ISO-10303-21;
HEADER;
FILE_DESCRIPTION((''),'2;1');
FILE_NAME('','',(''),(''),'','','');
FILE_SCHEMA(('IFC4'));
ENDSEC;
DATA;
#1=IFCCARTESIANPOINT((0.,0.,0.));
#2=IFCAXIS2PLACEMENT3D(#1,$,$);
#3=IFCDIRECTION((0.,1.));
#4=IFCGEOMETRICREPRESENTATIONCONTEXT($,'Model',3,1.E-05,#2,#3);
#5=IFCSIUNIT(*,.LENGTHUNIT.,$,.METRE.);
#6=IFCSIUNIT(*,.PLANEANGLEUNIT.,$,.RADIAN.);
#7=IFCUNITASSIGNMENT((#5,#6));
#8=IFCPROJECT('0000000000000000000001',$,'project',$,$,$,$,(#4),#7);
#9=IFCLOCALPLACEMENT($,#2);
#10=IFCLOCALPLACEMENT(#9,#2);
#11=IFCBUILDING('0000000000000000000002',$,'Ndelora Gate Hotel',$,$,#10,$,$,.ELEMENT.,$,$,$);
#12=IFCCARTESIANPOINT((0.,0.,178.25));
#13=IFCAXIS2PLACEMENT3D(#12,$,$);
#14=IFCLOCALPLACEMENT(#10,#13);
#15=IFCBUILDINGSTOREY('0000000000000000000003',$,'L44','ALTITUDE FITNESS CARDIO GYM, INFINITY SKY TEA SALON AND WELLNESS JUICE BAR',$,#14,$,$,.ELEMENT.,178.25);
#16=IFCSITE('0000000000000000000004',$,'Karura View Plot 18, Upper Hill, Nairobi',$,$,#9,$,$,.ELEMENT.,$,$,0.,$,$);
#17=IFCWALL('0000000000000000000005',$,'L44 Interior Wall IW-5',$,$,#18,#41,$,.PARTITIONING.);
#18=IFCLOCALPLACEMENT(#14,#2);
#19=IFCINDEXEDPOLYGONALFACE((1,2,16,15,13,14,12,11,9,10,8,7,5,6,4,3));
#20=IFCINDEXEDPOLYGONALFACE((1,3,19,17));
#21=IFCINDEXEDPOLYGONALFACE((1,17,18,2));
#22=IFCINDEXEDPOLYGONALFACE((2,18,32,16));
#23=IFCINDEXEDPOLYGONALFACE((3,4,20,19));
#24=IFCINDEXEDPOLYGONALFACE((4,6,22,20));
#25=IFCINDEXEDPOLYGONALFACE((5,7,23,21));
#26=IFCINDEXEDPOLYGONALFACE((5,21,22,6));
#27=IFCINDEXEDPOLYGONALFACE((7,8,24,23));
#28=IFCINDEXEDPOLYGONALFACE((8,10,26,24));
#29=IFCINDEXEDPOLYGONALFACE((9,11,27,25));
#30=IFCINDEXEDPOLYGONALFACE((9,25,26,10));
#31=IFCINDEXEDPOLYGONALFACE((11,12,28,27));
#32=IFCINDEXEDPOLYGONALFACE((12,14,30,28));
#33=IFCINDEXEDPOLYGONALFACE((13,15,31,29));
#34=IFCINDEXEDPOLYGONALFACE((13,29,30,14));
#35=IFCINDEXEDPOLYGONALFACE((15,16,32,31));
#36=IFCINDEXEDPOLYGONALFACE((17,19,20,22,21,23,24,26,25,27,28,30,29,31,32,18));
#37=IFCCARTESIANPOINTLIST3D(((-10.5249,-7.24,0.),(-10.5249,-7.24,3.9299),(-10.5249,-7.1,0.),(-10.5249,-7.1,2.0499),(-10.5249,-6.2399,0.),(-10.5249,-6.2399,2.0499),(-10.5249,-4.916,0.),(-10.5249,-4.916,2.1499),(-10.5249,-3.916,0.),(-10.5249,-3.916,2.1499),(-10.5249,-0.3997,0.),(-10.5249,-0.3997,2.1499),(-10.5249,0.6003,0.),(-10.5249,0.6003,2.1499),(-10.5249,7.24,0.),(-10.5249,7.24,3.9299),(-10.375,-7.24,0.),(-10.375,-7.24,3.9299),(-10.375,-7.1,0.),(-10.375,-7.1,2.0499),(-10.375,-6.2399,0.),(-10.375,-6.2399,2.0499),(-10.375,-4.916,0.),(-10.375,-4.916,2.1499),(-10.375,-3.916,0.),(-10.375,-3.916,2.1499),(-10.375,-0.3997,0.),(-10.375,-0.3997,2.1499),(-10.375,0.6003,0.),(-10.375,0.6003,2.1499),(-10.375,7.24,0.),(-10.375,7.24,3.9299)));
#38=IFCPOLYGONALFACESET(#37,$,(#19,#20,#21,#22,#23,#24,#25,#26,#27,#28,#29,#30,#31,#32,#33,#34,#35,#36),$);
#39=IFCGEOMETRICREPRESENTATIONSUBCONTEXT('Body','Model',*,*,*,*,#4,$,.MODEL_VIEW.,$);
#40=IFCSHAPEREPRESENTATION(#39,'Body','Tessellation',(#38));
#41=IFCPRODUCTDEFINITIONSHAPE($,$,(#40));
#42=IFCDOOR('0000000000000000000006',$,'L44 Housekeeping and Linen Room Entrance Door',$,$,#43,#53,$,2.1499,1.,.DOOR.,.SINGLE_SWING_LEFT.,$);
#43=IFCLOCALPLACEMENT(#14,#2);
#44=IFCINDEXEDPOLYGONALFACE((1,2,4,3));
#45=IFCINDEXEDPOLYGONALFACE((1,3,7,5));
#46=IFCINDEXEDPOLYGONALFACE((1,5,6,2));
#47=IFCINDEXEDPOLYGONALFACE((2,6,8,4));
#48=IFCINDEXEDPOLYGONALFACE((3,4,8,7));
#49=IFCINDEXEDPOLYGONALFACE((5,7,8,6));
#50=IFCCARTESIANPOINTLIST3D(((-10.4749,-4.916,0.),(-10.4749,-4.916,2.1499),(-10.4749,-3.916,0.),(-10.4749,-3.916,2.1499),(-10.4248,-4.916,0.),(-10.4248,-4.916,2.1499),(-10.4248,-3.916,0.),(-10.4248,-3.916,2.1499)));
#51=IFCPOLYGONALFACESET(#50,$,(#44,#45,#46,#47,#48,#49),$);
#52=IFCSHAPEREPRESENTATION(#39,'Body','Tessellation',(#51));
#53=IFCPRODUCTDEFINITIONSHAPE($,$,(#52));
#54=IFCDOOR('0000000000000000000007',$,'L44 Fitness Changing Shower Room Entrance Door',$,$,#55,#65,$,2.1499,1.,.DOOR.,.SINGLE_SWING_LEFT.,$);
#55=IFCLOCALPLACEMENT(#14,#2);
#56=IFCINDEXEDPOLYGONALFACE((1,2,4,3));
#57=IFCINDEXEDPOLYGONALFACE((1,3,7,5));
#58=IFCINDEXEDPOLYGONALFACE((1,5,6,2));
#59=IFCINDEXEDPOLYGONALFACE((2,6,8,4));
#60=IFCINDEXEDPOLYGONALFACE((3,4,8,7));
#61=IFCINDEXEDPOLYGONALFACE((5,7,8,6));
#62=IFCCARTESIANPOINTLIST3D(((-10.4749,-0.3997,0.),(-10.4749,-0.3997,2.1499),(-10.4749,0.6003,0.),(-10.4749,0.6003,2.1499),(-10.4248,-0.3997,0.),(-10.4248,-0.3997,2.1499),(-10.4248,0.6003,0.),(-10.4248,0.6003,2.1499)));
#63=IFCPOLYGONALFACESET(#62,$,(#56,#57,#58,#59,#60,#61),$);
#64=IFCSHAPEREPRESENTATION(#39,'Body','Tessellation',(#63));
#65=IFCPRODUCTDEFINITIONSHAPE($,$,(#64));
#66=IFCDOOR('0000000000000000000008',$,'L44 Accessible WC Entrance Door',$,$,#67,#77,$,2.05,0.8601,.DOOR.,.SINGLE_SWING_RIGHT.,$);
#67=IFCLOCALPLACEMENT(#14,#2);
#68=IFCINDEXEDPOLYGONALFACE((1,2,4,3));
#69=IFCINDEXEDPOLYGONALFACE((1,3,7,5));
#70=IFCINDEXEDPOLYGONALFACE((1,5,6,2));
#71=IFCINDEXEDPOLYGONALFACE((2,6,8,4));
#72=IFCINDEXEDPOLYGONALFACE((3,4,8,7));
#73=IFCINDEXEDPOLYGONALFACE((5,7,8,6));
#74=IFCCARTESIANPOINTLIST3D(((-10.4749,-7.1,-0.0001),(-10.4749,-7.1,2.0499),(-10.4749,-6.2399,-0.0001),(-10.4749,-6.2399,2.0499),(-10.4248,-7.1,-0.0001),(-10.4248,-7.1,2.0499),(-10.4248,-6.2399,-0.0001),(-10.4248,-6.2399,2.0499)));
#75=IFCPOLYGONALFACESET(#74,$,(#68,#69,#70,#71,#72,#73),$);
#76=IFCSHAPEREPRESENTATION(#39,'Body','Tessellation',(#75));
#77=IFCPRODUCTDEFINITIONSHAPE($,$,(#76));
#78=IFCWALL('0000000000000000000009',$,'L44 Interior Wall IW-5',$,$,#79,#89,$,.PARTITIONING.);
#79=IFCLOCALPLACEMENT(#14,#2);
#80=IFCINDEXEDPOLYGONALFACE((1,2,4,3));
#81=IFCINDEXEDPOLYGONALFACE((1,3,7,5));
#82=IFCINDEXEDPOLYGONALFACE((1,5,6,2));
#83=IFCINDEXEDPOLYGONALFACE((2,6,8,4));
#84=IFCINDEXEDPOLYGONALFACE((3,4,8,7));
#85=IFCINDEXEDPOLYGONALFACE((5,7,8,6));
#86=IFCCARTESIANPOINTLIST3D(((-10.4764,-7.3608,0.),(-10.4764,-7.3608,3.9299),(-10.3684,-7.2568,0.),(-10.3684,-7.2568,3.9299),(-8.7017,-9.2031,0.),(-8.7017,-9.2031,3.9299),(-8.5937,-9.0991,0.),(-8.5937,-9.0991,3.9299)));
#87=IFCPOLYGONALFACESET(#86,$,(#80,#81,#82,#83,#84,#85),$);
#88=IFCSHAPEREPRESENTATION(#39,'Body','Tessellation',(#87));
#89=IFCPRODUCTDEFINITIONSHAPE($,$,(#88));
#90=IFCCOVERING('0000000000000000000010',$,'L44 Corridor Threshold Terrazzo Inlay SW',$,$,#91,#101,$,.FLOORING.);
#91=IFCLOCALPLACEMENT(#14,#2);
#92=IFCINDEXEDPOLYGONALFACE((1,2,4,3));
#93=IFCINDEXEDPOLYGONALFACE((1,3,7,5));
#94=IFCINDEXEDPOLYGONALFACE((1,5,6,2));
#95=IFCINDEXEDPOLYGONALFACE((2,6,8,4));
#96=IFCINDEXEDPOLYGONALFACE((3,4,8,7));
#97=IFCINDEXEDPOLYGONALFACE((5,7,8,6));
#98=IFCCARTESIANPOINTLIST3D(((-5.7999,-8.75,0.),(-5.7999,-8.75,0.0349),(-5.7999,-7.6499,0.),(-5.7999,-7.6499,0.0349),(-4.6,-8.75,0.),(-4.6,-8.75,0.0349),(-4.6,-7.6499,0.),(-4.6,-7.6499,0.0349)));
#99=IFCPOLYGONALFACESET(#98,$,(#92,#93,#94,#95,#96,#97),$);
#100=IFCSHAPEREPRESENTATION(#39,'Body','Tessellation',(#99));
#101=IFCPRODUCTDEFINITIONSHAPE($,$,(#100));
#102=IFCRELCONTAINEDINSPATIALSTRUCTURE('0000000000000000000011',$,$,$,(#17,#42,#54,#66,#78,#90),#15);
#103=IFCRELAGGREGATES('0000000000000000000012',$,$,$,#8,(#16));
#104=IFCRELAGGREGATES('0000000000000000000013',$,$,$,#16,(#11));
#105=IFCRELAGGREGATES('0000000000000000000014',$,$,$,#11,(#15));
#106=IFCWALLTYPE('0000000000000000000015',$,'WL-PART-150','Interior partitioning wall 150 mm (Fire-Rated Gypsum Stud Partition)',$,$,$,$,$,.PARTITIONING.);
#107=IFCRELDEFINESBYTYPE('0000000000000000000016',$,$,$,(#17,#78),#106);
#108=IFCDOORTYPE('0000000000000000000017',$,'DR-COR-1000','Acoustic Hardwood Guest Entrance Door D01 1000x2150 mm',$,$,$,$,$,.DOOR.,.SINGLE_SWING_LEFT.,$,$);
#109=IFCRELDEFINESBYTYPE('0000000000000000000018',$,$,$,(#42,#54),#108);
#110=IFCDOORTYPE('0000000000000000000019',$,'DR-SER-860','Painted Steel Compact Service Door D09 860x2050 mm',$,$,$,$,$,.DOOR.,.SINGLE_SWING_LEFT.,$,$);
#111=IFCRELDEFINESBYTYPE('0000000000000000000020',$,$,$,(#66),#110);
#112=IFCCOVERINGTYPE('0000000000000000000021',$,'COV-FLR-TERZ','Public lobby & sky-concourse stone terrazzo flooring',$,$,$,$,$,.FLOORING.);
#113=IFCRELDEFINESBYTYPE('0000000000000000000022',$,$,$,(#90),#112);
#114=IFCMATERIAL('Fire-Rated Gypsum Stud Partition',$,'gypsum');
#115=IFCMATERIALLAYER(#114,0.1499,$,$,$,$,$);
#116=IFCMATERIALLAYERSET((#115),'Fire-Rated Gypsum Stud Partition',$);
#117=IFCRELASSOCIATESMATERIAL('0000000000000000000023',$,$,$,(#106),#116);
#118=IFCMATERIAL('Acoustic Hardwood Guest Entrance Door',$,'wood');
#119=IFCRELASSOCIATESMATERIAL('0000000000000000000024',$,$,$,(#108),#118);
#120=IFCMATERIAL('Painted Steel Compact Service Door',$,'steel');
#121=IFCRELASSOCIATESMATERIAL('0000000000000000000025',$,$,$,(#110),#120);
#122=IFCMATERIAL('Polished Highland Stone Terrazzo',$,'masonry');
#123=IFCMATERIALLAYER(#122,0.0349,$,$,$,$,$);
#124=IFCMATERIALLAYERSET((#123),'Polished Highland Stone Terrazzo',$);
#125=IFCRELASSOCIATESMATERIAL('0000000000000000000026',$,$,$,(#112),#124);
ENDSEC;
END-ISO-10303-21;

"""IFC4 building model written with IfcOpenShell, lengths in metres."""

from ifc_helpers import new_model, si_unit, direction, frame, frame_2d, origin, origin_2d, place, context, subcontext, project, spatial, rectangle, extrude, material, layer, layer_set, type_object, element, fill, save


model = new_model("IFC4")

# Units and contexts
model_context = context("Model", 3, precision=1e-05, world=origin(), true_north=direction((0.0, 1.0)))
body_context = subcontext(model_context, "Body", "Model", "MODEL_VIEW")
ifc_project = project(units=[si_unit("LENGTHUNIT", "METRE"), si_unit("PLANEANGLEUNIT", "RADIAN")], contexts=[model_context])

# Site, building, storey
site_placement = place(None, origin())
site = spatial("IfcSite", under=ifc_project, at=site_placement, Name="Karura View Plot 18, Upper Hill, Nairobi", CompositionType="ELEMENT", RefElevation=0.0)
building_placement = place(site_placement, origin())
building = spatial("IfcBuilding", under=site, at=building_placement, Name="Ndelora Gate Hotel", CompositionType="ELEMENT")
storey_placement = place(building_placement, frame((0.0, 0.0, 178.25)))
storey = spatial("IfcBuildingStorey", under=building, at=storey_placement, Name="L44", Description="ALTITUDE FITNESS CARDIO GYM, INFINITY SKY TEA SALON AND WELLNESS JUICE BAR", CompositionType="ELEMENT", Elevation=178.25)

# Shared definitions
ifc_material_1 = material(Name="Fire-Rated Gypsum Stud Partition", Category="gypsum")
ifc_layer_1 = layer(ifc_material_1, 0.1499)
ifc_layer_set_1 = layer_set([ifc_layer_1], Name="Fire-Rated Gypsum Stud Partition")
wall_type_1 = type_object("IfcWallType", Name="WL-PART-150", Description="Interior partitioning wall 150 mm (Fire-Rated Gypsum Stud Partition)", PredefinedType="PARTITIONING", material=ifc_layer_set_1)

# Wall, openings, doors
wall_1_placement = place(storey_placement, frame((-10.45, -7.24, 0.0), z_axis=(0.0, 0.0, 1.0), x_axis=(0.0, 1.0, 0.0)))
wall_1 = element("IfcWall", 1, at=wall_1_placement, inside=storey, type_object=wall_type_1, Name="L44 Interior Wall IW-5", PredefinedType="PARTITIONING", context=body_context, shape_type="SweptSolid", body=[
    extrude(rectangle(XDim=14.48, YDim=0.1499, at=frame_2d((7.24, 0.0))), origin(), (0.0, 0.0, 1.0), 3.9299),
])
opening_1_placement = place(wall_1_placement, frame((0.1399, 0.0, 0.0)))
opening_1 = element("IfcOpeningElement", 2, at=opening_1_placement, cuts=wall_1, PredefinedType="OPENING", context=body_context, shape_type="SweptSolid", body=[
    extrude(rectangle(XDim=0.8601, YDim=2.05, at=frame_2d((0.4302, 1.0249))), frame((0.0, 0.085, 0.0), z_axis=(0.0, -1.0, 0.0), x_axis=(1.0, 0.0, 0.0)), (0.0, 0.0, 1.0), 0.1699),
])
opening_2_placement = place(wall_1_placement, frame((2.324, 0.0, 0.0)))
opening_2 = element("IfcOpeningElement", 3, at=opening_2_placement, cuts=wall_1, PredefinedType="OPENING", context=body_context, shape_type="SweptSolid", body=[
    extrude(rectangle(XDim=1.0, YDim=2.1499, at=frame_2d((0.5, 1.075))), frame((0.0, 0.085, 0.0), z_axis=(0.0, -1.0, 0.0), x_axis=(1.0, 0.0, 0.0)), (0.0, 0.0, 1.0), 0.1699),
])
opening_3_placement = place(wall_1_placement, frame((6.8403, 0.0, 0.0)))
opening_3 = element("IfcOpeningElement", 4, at=opening_3_placement, cuts=wall_1, PredefinedType="OPENING", context=body_context, shape_type="SweptSolid", body=[
    extrude(rectangle(XDim=1.0, YDim=2.1499, at=frame_2d((0.5, 1.075))), frame((0.0, 0.085, 0.0), z_axis=(0.0, -1.0, 0.0), x_axis=(1.0, 0.0, 0.0)), (0.0, 0.0, 1.0), 0.1699),
])
ifc_material_2 = material(Name="Acoustic Hardwood Guest Entrance Door", Category="wood")
door_type_1 = type_object("IfcDoorType", Name="DR-COR-1000", Description="Acoustic Hardwood Guest Entrance Door D01 1000x2150 mm", OperationType="SINGLE_SWING_LEFT", PredefinedType="DOOR", material=ifc_material_2)
door_1_placement = place(opening_2_placement, origin())
door_1 = element("IfcDoor", 5, at=door_1_placement, inside=storey, type_object=door_type_1, Name="L44 Housekeeping and Linen Room Entrance Door", OperationType="SINGLE_SWING_LEFT", OverallHeight=2.1499, OverallWidth=1.0, PredefinedType="DOOR", context=body_context, shape_type="SweptSolid", body=[
    extrude(rectangle(XDim=1.0, YDim=2.1499, at=frame_2d((0.5, 1.075))), frame((0.0, 0.0249, 0.0), z_axis=(0.0, -1.0, 0.0), x_axis=(1.0, 0.0, 0.0)), (0.0, 0.0, 1.0), 0.05),
])
fill(opening_2, door_1)
door_2_placement = place(opening_3_placement, origin())
door_2 = element("IfcDoor", 6, at=door_2_placement, inside=storey, type_object=door_type_1, Name="L44 Fitness Changing Shower Room Entrance Door", OperationType="SINGLE_SWING_LEFT", OverallHeight=2.1499, OverallWidth=1.0, PredefinedType="DOOR", context=body_context, shape_type="SweptSolid", body=[
    extrude(rectangle(XDim=1.0, YDim=2.1499, at=frame_2d((0.5, 1.075))), frame((0.0, 0.0249, 0.0), z_axis=(0.0, -1.0, 0.0), x_axis=(1.0, 0.0, 0.0)), (0.0, 0.0, 1.0), 0.05),
])
fill(opening_3, door_2)
ifc_material_3 = material(Name="Painted Steel Compact Service Door", Category="steel")
door_type_2 = type_object("IfcDoorType", Name="DR-SER-860", Description="Painted Steel Compact Service Door D09 860x2050 mm", OperationType="SINGLE_SWING_LEFT", PredefinedType="DOOR", material=ifc_material_3)
door_3_placement = place(opening_1_placement, origin())
door_3 = element("IfcDoor", 7, at=door_3_placement, inside=storey, type_object=door_type_2, Name="L44 Accessible WC Entrance Door", OperationType="SINGLE_SWING_RIGHT", OverallHeight=2.05, OverallWidth=0.8601, PredefinedType="DOOR", context=body_context, shape_type="SweptSolid", body=[
    extrude(rectangle(XDim=0.8601, YDim=2.05, at=frame_2d((0.4302, 1.0249))), frame((0.0, 0.0249, 0.0), z_axis=(0.0, -1.0, 0.0), x_axis=(1.0, 0.0, 0.0)), (0.0, 0.0, 1.0), 0.05),
])
fill(opening_1, door_3)

# Wall
wall_2_placement = place(storey_placement, frame((-8.6477, -9.1511, 0.0), z_axis=(0.0, 0.0, 1.0), x_axis=(-0.693765, 0.720202, 0.0)))
element("IfcWall", 8, at=wall_2_placement, inside=storey, type_object=wall_type_1, Name="L44 Interior Wall IW-5", PredefinedType="PARTITIONING", context=body_context, shape_type="SweptSolid", body=[
    extrude(rectangle(XDim=2.5581, YDim=0.1499, at=frame_2d((1.2791, 0.0))), origin(), (0.0, 0.0, 1.0), 3.9299),
])

# Covering
ifc_material_4 = material(Name="Polished Highland Stone Terrazzo", Category="masonry")
ifc_layer_2 = layer(ifc_material_4, 0.0349)
ifc_layer_set_2 = layer_set([ifc_layer_2], Name="Polished Highland Stone Terrazzo")
covering_type = type_object("IfcCoveringType", Name="COV-FLR-TERZ", Description="Public lobby & sky-concourse stone terrazzo flooring", PredefinedType="FLOORING", material=ifc_layer_set_2)
covering_placement = place(storey_placement, frame((-5.2, -8.2, 0.0), z_axis=(0.0, 0.0, 1.0), x_axis=(1.0, 0.0, 0.0)))
element("IfcCovering", 9, at=covering_placement, inside=storey, type_object=covering_type, Name="L44 Corridor Threshold Terrazzo Inlay SW", PredefinedType="FLOORING", context=body_context, shape_type="SweptSolid", body=[
    extrude(rectangle(XDim=1.2, YDim=1.1001, at=origin_2d()), origin(), (0.0, 0.0, 1.0), 0.0349),
])

save(model, "model.ifc")
